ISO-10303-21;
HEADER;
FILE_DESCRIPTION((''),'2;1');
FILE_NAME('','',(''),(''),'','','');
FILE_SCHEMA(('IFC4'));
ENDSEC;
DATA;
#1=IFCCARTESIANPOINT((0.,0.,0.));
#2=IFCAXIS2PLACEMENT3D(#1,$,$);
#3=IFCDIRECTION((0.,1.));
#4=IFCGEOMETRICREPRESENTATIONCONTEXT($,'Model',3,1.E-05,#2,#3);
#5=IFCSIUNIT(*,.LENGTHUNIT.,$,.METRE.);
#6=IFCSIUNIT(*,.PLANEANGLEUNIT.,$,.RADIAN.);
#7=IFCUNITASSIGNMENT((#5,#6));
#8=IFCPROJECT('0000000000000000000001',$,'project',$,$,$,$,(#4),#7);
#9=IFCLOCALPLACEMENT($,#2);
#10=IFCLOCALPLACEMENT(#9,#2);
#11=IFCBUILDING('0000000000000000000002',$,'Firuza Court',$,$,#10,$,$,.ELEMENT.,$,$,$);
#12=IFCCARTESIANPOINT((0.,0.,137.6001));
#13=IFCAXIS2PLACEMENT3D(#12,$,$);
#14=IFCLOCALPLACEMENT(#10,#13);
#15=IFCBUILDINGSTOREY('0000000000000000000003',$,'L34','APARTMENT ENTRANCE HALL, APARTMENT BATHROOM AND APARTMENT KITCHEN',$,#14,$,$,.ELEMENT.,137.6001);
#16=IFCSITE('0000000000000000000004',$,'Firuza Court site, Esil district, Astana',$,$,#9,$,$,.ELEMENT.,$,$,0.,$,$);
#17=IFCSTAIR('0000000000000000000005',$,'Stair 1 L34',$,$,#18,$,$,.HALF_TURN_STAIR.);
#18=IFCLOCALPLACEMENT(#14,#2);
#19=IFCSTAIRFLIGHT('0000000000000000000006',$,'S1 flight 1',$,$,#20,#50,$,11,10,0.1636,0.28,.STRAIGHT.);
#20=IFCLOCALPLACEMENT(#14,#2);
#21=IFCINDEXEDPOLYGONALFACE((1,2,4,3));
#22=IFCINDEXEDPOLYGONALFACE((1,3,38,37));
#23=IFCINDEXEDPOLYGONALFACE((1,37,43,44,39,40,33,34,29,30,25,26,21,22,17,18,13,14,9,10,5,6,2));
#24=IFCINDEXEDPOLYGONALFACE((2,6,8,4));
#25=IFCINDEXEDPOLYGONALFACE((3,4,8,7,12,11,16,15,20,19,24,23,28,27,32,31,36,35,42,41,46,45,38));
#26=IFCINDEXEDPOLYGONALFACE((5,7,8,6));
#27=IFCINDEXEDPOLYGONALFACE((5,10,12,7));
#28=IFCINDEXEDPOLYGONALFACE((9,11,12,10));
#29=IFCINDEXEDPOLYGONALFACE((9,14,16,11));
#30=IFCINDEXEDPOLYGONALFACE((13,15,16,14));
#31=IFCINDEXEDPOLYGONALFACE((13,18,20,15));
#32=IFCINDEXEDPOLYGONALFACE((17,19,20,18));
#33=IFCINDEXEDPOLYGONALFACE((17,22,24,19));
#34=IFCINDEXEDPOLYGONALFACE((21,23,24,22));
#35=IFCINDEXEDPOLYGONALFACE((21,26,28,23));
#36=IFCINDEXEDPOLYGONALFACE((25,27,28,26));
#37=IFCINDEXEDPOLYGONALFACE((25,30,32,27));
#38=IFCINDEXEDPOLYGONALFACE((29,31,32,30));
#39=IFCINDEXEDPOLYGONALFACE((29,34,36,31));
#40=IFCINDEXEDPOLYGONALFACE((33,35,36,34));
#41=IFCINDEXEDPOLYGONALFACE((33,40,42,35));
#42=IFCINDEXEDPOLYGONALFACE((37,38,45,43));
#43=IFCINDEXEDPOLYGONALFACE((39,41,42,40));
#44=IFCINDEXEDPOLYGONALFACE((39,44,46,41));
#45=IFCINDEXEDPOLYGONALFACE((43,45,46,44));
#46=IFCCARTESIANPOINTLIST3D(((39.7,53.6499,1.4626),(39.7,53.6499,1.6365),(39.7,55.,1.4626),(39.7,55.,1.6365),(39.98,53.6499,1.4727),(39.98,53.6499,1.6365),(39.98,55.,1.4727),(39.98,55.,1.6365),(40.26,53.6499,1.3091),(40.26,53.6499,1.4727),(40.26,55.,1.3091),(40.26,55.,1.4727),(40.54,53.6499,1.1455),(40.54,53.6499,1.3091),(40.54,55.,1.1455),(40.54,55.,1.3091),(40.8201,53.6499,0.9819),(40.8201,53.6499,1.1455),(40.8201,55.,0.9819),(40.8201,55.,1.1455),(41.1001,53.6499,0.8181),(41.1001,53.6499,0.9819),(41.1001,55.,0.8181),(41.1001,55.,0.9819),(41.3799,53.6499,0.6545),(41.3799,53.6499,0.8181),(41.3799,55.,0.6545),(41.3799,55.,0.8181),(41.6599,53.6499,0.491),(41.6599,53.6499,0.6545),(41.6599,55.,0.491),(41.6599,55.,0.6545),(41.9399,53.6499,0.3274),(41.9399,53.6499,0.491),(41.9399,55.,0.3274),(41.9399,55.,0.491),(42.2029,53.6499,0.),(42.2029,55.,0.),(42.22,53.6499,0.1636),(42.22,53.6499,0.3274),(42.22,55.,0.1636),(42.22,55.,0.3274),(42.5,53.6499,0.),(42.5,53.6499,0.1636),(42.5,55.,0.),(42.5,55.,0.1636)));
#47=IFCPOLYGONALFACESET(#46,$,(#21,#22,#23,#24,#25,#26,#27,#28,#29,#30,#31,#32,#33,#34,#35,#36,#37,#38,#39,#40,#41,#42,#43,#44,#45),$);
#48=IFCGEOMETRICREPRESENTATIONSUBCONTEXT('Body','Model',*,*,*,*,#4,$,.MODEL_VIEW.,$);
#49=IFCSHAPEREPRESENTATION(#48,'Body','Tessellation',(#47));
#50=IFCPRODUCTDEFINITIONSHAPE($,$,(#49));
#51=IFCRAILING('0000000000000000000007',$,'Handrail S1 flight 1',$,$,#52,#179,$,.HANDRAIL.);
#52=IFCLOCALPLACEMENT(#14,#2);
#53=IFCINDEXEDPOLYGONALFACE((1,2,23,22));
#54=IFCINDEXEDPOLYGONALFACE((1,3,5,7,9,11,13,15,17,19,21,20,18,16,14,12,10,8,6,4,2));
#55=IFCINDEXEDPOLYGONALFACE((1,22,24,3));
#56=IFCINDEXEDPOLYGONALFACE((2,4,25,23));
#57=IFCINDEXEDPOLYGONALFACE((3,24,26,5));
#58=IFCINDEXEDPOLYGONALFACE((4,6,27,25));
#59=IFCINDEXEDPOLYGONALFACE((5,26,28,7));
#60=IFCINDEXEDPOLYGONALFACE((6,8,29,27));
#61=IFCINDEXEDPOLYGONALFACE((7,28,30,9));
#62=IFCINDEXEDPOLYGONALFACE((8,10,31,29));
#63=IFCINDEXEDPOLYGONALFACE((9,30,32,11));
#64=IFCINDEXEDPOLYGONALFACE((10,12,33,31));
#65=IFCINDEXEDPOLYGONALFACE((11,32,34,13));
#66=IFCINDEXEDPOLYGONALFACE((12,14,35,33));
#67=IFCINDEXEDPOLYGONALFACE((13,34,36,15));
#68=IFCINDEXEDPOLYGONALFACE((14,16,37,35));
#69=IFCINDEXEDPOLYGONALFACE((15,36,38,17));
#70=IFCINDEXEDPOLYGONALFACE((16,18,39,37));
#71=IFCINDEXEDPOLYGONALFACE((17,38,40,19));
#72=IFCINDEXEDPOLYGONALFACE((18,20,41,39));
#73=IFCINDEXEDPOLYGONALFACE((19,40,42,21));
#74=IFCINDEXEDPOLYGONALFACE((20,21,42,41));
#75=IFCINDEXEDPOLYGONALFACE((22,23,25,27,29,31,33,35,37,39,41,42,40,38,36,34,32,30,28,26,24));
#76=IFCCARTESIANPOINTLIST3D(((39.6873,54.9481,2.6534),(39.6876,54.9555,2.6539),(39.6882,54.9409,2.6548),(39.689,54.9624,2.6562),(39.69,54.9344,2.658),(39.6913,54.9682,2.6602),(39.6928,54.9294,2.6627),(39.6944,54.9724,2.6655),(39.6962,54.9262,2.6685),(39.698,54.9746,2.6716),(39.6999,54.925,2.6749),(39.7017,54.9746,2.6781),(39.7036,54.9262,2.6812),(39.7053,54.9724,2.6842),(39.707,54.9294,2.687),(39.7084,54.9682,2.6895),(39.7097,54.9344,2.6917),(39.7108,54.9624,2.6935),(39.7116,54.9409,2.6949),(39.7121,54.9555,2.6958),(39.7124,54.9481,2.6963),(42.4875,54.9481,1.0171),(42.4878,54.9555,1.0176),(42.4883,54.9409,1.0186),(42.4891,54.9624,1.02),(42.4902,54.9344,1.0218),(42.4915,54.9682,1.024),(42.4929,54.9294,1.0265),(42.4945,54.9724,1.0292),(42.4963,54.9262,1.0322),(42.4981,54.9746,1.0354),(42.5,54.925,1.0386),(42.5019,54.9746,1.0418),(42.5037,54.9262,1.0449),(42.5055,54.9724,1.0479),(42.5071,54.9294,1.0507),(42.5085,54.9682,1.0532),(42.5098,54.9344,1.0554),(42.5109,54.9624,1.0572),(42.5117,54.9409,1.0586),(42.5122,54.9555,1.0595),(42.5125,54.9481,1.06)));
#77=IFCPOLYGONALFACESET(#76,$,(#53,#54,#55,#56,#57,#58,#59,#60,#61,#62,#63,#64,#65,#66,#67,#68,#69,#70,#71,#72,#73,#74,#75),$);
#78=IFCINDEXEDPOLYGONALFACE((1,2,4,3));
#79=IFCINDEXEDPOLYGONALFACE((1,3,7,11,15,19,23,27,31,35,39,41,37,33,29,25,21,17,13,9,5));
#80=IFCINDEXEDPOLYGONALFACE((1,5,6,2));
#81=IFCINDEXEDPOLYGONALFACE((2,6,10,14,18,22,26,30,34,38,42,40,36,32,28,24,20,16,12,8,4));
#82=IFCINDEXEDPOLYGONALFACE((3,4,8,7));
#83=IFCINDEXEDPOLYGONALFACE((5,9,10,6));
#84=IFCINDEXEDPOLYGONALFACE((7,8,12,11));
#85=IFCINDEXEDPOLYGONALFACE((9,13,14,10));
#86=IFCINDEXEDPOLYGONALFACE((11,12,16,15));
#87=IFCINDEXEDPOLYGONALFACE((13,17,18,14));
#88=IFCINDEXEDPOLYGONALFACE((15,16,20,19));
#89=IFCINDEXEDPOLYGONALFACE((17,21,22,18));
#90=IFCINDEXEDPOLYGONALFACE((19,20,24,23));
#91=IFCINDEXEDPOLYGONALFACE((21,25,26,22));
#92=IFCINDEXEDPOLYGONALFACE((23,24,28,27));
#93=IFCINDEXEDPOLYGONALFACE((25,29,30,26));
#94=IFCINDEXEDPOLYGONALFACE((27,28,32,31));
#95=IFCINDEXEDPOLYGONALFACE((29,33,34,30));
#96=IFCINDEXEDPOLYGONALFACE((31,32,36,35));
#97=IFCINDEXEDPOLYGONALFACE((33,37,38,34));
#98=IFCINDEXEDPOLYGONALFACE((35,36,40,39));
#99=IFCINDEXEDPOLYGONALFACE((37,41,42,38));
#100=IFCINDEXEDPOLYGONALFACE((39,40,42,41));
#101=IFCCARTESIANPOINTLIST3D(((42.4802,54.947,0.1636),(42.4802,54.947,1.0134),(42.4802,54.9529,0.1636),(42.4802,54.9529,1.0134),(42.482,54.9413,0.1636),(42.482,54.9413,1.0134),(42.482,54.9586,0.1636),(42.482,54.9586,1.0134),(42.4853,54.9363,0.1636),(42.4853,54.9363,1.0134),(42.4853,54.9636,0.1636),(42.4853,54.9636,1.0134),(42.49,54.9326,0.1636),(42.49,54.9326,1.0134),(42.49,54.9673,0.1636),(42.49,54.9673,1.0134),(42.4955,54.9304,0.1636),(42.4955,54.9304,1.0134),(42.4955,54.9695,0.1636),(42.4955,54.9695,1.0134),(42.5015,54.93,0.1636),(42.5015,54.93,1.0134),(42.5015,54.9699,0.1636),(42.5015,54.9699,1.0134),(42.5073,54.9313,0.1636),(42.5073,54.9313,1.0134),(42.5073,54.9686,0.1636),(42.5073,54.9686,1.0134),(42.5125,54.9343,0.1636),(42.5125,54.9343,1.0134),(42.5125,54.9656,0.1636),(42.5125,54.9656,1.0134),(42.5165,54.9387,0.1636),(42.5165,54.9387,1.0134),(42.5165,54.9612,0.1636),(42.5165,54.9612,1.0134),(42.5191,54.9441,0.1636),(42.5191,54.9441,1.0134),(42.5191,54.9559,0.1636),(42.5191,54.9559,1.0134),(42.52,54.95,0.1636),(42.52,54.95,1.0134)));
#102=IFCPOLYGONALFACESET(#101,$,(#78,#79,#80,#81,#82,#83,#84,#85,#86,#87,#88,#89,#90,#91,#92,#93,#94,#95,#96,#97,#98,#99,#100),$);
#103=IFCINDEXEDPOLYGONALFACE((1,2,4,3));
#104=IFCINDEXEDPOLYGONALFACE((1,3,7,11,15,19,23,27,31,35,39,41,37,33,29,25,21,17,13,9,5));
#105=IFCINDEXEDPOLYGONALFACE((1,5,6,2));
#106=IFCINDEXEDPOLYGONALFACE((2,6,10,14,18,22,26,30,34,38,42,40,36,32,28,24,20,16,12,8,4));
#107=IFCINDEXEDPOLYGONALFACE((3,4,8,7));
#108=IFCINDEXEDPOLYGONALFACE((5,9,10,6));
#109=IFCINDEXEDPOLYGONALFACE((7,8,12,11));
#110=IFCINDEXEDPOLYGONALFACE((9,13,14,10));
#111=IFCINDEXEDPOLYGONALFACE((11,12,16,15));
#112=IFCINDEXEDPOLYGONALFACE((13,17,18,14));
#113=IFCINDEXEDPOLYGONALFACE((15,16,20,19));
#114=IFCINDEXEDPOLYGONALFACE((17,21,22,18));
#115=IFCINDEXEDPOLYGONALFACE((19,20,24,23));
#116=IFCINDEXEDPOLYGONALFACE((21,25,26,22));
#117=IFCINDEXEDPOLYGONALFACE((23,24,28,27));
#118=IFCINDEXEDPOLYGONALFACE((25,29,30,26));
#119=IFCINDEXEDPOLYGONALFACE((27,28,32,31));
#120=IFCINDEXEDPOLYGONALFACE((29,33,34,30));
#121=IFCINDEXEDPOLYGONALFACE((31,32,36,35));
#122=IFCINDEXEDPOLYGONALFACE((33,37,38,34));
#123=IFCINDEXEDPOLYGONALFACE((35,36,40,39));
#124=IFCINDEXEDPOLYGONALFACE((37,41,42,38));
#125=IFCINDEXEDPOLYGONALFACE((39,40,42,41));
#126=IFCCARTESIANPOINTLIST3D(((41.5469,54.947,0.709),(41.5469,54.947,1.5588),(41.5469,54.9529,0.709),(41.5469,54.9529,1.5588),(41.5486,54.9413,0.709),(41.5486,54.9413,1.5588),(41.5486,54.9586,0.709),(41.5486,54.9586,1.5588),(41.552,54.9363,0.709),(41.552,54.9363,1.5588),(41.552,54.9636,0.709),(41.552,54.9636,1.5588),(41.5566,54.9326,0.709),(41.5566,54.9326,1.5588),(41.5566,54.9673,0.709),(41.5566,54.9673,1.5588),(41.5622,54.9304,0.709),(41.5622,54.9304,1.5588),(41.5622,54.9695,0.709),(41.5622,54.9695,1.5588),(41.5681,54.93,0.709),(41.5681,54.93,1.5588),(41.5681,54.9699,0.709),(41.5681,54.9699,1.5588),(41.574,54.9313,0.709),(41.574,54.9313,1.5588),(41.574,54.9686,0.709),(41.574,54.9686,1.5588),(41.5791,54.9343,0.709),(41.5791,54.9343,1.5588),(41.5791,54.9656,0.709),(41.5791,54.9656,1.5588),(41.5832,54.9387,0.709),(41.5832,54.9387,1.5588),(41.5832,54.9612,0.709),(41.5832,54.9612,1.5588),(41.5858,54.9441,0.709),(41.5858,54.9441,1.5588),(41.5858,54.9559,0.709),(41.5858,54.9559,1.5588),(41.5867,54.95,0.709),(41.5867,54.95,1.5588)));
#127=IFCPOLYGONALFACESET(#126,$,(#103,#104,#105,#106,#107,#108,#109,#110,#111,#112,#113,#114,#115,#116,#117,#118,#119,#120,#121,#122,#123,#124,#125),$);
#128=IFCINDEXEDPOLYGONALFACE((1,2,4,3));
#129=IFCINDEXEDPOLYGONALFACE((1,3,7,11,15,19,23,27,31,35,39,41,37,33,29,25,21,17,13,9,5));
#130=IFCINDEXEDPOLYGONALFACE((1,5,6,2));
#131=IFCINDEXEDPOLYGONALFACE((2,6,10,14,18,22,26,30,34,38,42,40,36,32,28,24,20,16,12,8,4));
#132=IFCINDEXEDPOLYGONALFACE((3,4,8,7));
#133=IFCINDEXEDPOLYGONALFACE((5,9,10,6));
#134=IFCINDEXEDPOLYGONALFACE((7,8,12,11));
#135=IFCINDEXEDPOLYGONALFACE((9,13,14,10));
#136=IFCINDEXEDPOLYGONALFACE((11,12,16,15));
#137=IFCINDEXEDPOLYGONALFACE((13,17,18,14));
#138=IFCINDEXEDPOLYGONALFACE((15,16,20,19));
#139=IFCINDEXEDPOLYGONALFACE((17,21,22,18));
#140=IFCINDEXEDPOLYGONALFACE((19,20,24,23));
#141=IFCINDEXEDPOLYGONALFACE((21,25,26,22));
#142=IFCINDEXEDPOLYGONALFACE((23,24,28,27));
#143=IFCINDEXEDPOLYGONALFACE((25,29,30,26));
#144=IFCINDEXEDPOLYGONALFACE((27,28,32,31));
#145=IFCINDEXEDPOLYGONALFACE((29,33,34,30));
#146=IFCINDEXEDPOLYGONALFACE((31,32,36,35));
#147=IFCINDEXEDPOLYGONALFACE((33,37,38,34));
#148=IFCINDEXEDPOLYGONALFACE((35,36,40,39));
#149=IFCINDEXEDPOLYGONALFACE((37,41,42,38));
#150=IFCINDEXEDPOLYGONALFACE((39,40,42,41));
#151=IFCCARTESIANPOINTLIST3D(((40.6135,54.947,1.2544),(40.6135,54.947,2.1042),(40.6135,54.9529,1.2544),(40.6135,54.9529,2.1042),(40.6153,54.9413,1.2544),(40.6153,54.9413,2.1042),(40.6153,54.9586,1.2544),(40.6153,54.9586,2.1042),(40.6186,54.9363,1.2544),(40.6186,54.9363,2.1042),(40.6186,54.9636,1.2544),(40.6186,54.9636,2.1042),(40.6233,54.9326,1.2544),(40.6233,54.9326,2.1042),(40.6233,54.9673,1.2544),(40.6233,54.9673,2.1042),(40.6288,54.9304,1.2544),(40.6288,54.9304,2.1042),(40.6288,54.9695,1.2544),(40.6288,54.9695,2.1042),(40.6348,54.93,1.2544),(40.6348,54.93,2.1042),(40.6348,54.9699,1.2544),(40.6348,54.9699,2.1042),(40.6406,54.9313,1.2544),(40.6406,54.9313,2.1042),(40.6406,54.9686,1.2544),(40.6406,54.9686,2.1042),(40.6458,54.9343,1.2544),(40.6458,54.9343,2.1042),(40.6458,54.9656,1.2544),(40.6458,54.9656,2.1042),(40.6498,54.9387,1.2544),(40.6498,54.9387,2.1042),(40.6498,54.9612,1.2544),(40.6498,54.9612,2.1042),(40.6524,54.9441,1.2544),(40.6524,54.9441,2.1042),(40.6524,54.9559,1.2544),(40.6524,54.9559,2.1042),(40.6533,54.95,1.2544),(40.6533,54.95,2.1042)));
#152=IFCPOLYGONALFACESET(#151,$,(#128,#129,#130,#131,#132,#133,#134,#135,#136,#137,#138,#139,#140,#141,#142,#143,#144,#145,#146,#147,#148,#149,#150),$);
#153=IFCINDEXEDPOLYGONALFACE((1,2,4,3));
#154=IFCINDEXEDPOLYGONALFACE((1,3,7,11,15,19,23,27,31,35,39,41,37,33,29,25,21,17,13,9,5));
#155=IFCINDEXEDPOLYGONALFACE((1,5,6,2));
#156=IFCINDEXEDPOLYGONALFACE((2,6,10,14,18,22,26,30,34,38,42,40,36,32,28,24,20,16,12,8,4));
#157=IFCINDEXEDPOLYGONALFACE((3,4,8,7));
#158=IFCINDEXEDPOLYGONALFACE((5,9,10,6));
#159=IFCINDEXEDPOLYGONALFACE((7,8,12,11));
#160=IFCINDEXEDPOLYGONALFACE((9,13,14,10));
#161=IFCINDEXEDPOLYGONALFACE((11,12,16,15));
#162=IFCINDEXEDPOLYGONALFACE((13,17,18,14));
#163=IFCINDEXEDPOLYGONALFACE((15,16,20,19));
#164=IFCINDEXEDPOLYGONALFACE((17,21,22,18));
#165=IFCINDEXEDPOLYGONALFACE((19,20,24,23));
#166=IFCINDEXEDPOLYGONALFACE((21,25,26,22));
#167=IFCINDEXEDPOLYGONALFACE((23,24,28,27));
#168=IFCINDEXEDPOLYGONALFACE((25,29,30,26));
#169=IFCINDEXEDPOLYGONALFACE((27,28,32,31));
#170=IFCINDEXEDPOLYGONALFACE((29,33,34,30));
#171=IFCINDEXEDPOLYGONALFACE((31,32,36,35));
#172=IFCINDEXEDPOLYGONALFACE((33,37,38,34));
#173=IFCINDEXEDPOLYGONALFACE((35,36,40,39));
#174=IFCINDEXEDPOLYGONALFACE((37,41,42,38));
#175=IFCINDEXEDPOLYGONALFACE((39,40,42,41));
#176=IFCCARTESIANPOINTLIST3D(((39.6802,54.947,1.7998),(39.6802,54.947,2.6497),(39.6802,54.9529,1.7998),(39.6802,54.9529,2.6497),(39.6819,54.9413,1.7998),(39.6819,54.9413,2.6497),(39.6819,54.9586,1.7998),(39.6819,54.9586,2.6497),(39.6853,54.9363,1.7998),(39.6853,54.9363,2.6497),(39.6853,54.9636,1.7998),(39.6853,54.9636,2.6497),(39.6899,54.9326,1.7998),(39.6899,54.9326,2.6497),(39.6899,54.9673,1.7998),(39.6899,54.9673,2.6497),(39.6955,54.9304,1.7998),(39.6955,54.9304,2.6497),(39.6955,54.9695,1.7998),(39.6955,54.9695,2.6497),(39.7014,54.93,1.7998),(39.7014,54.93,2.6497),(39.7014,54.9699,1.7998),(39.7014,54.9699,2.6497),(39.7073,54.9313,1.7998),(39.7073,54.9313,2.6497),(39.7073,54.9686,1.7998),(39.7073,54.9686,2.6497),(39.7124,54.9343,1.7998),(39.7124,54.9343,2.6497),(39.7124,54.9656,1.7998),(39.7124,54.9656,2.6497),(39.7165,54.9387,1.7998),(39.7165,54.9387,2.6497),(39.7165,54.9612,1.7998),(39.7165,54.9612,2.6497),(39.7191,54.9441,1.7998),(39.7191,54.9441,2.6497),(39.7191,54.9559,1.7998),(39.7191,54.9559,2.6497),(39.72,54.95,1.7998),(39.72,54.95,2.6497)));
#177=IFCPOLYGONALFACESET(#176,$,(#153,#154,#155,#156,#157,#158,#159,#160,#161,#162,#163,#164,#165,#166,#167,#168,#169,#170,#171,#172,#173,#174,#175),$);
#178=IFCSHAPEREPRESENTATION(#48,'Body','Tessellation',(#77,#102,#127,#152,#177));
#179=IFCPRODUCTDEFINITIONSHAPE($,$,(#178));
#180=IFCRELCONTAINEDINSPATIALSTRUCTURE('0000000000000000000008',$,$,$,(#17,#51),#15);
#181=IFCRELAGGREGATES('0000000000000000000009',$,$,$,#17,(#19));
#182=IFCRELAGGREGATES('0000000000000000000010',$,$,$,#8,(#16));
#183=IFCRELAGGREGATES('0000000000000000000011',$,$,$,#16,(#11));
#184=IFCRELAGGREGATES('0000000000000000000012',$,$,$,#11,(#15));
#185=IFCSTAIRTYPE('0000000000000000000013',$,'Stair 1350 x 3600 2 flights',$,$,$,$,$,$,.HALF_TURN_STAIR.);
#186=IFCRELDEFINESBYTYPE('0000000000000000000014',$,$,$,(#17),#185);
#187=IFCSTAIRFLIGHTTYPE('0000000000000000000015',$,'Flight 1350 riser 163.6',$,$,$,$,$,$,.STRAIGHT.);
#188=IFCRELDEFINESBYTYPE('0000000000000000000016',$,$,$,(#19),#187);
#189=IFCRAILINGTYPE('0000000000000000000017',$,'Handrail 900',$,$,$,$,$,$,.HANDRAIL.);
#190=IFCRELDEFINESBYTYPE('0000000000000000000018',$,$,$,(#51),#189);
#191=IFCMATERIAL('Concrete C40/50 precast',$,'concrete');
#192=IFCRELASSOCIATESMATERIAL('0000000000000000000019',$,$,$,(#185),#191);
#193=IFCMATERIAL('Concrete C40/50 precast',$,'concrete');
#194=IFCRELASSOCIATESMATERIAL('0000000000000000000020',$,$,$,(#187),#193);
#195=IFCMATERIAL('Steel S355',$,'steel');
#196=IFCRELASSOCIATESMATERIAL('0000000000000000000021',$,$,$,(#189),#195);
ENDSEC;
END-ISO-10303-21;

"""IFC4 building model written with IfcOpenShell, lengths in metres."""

from ifc_helpers import new_model, si_unit, direction, frame, origin, origin_2d, place, context, subcontext, project, spatial, polyline, circle, outline, extrude, material, type_object, element, aggregate, save


model = new_model("IFC4")

# Units and contexts
model_context = context("Model", 3, precision=1e-05, world=origin(), true_north=direction((0.0, 1.0)))
body_context = subcontext(model_context, "Body", "Model", "MODEL_VIEW")
ifc_project = project(units=[si_unit("LENGTHUNIT", "METRE"), si_unit("PLANEANGLEUNIT", "RADIAN")], contexts=[model_context])

# Site, building, storey
site_placement = place(None, origin())
site = spatial("IfcSite", under=ifc_project, at=site_placement, Name="Firuza Court site, Esil district, Astana", CompositionType="ELEMENT", RefElevation=0.0)
building_placement = place(site_placement, origin())
building = spatial("IfcBuilding", under=site, at=building_placement, Name="Firuza Court", CompositionType="ELEMENT")
storey_placement = place(building_placement, frame((0.0, 0.0, 137.6001)))
storey = spatial("IfcBuildingStorey", under=building, at=storey_placement, Name="L34", Description="APARTMENT ENTRANCE HALL, APARTMENT BATHROOM AND APARTMENT KITCHEN", CompositionType="ELEMENT", Elevation=137.6001)

# Stair, stair flight
ifc_material_1 = material(Name="Concrete C40/50 precast", Category="concrete")
stair_type = type_object("IfcStairType", Name="Stair 1350 x 3600 2 flights", PredefinedType="HALF_TURN_STAIR", material=ifc_material_1)
stair_placement = place(storey_placement, origin())
stair = element("IfcStair", 1, at=stair_placement, inside=storey, type_object=stair_type, Name="Stair 1 L34", PredefinedType="HALF_TURN_STAIR")
ifc_material_2 = material(Name="Concrete C40/50 precast", Category="concrete")
stair_flight_type = type_object("IfcStairFlightType", Name="Flight 1350 riser 163.6", PredefinedType="STRAIGHT", material=ifc_material_2)
stair_flight_placement = place(storey_placement, frame((42.5, 54.325, 0.0), z_axis=(0.0, 0.0, 1.0), x_axis=(-1.0, 0.0, 0.0)))
stair_flight = element("IfcStairFlight", 2, at=stair_flight_placement, type_object=stair_flight_type, Name="S1 flight 1", NumberOfRisers=11, NumberOfTreads=10, PredefinedType="STRAIGHT", RiserHeight=0.1636, TreadLength=0.28, context=body_context, shape_type="SweptSolid", body=[
    extrude(outline(polyline([(0.0, 0.0), (0.0, 0.1636), (0.28, 0.1636), (0.28, 0.3274), (0.5601, 0.3274), (0.5601, 0.491), (0.8401, 0.491), (0.8401, 0.6545), (1.1201, 0.6545), (1.1201, 0.8181), (1.3999, 0.8181), (1.3999, 0.9819), (1.6799, 0.9819), (1.6799, 1.1455), (1.96, 1.1455), (1.96, 1.3091), (2.24, 1.3091), (2.24, 1.4727), (2.52, 1.4727), (2.52, 1.6365), (2.8, 1.6365), (2.8, 1.8), (2.8, 1.4626), (0.2971, 0.0), (0.0, 0.0)])), frame((0.0, 0.675, 0.0), z_axis=(0.0, -1.0, 0.0), x_axis=(1.0, 0.0, 0.0)), (0.0, 0.0, 1.0), 1.3501),
])
aggregate(stair, [stair_flight])

# Railing
ifc_material_3 = material(Name="Steel S355", Category="steel")
railing_type_1 = type_object("IfcRailingType", Name="Handrail 900", PredefinedType="HANDRAIL", material=ifc_material_3)
railing_1_placement = place(storey_placement, frame((42.5, 54.95, 0.1636)))
element("IfcRailing", 3, at=railing_1_placement, inside=storey, type_object=railing_type_1, Name="Handrail S1 flight 1", PredefinedType="HANDRAIL", context=body_context, shape_type="SweptSolid", body=[
    extrude(circle(Radius=0.0249, at=origin_2d()), frame((0.0, 0.0, 0.875), z_axis=(-0.863394, 0.0, 0.504531), x_axis=(0.0, -1.0, 0.0)), (0.0, 0.0, 1.0), 3.2432),
    extrude(circle(Radius=0.02, at=origin_2d()), origin(), (0.0, 0.0, 1.0), 0.8499),
    extrude(circle(Radius=0.02, at=origin_2d()), frame((-0.9333, 0.0, 0.5454)), (0.0, 0.0, 1.0), 0.8499),
    extrude(circle(Radius=0.02, at=origin_2d()), frame((-1.8667, 0.0, 1.0908)), (0.0, 0.0, 1.0), 0.8499),
    extrude(circle(Radius=0.02, at=origin_2d()), frame((-2.8, 0.0, 1.6362)), (0.0, 0.0, 1.0), 0.8499),
])

save(model, "model.ifc")
